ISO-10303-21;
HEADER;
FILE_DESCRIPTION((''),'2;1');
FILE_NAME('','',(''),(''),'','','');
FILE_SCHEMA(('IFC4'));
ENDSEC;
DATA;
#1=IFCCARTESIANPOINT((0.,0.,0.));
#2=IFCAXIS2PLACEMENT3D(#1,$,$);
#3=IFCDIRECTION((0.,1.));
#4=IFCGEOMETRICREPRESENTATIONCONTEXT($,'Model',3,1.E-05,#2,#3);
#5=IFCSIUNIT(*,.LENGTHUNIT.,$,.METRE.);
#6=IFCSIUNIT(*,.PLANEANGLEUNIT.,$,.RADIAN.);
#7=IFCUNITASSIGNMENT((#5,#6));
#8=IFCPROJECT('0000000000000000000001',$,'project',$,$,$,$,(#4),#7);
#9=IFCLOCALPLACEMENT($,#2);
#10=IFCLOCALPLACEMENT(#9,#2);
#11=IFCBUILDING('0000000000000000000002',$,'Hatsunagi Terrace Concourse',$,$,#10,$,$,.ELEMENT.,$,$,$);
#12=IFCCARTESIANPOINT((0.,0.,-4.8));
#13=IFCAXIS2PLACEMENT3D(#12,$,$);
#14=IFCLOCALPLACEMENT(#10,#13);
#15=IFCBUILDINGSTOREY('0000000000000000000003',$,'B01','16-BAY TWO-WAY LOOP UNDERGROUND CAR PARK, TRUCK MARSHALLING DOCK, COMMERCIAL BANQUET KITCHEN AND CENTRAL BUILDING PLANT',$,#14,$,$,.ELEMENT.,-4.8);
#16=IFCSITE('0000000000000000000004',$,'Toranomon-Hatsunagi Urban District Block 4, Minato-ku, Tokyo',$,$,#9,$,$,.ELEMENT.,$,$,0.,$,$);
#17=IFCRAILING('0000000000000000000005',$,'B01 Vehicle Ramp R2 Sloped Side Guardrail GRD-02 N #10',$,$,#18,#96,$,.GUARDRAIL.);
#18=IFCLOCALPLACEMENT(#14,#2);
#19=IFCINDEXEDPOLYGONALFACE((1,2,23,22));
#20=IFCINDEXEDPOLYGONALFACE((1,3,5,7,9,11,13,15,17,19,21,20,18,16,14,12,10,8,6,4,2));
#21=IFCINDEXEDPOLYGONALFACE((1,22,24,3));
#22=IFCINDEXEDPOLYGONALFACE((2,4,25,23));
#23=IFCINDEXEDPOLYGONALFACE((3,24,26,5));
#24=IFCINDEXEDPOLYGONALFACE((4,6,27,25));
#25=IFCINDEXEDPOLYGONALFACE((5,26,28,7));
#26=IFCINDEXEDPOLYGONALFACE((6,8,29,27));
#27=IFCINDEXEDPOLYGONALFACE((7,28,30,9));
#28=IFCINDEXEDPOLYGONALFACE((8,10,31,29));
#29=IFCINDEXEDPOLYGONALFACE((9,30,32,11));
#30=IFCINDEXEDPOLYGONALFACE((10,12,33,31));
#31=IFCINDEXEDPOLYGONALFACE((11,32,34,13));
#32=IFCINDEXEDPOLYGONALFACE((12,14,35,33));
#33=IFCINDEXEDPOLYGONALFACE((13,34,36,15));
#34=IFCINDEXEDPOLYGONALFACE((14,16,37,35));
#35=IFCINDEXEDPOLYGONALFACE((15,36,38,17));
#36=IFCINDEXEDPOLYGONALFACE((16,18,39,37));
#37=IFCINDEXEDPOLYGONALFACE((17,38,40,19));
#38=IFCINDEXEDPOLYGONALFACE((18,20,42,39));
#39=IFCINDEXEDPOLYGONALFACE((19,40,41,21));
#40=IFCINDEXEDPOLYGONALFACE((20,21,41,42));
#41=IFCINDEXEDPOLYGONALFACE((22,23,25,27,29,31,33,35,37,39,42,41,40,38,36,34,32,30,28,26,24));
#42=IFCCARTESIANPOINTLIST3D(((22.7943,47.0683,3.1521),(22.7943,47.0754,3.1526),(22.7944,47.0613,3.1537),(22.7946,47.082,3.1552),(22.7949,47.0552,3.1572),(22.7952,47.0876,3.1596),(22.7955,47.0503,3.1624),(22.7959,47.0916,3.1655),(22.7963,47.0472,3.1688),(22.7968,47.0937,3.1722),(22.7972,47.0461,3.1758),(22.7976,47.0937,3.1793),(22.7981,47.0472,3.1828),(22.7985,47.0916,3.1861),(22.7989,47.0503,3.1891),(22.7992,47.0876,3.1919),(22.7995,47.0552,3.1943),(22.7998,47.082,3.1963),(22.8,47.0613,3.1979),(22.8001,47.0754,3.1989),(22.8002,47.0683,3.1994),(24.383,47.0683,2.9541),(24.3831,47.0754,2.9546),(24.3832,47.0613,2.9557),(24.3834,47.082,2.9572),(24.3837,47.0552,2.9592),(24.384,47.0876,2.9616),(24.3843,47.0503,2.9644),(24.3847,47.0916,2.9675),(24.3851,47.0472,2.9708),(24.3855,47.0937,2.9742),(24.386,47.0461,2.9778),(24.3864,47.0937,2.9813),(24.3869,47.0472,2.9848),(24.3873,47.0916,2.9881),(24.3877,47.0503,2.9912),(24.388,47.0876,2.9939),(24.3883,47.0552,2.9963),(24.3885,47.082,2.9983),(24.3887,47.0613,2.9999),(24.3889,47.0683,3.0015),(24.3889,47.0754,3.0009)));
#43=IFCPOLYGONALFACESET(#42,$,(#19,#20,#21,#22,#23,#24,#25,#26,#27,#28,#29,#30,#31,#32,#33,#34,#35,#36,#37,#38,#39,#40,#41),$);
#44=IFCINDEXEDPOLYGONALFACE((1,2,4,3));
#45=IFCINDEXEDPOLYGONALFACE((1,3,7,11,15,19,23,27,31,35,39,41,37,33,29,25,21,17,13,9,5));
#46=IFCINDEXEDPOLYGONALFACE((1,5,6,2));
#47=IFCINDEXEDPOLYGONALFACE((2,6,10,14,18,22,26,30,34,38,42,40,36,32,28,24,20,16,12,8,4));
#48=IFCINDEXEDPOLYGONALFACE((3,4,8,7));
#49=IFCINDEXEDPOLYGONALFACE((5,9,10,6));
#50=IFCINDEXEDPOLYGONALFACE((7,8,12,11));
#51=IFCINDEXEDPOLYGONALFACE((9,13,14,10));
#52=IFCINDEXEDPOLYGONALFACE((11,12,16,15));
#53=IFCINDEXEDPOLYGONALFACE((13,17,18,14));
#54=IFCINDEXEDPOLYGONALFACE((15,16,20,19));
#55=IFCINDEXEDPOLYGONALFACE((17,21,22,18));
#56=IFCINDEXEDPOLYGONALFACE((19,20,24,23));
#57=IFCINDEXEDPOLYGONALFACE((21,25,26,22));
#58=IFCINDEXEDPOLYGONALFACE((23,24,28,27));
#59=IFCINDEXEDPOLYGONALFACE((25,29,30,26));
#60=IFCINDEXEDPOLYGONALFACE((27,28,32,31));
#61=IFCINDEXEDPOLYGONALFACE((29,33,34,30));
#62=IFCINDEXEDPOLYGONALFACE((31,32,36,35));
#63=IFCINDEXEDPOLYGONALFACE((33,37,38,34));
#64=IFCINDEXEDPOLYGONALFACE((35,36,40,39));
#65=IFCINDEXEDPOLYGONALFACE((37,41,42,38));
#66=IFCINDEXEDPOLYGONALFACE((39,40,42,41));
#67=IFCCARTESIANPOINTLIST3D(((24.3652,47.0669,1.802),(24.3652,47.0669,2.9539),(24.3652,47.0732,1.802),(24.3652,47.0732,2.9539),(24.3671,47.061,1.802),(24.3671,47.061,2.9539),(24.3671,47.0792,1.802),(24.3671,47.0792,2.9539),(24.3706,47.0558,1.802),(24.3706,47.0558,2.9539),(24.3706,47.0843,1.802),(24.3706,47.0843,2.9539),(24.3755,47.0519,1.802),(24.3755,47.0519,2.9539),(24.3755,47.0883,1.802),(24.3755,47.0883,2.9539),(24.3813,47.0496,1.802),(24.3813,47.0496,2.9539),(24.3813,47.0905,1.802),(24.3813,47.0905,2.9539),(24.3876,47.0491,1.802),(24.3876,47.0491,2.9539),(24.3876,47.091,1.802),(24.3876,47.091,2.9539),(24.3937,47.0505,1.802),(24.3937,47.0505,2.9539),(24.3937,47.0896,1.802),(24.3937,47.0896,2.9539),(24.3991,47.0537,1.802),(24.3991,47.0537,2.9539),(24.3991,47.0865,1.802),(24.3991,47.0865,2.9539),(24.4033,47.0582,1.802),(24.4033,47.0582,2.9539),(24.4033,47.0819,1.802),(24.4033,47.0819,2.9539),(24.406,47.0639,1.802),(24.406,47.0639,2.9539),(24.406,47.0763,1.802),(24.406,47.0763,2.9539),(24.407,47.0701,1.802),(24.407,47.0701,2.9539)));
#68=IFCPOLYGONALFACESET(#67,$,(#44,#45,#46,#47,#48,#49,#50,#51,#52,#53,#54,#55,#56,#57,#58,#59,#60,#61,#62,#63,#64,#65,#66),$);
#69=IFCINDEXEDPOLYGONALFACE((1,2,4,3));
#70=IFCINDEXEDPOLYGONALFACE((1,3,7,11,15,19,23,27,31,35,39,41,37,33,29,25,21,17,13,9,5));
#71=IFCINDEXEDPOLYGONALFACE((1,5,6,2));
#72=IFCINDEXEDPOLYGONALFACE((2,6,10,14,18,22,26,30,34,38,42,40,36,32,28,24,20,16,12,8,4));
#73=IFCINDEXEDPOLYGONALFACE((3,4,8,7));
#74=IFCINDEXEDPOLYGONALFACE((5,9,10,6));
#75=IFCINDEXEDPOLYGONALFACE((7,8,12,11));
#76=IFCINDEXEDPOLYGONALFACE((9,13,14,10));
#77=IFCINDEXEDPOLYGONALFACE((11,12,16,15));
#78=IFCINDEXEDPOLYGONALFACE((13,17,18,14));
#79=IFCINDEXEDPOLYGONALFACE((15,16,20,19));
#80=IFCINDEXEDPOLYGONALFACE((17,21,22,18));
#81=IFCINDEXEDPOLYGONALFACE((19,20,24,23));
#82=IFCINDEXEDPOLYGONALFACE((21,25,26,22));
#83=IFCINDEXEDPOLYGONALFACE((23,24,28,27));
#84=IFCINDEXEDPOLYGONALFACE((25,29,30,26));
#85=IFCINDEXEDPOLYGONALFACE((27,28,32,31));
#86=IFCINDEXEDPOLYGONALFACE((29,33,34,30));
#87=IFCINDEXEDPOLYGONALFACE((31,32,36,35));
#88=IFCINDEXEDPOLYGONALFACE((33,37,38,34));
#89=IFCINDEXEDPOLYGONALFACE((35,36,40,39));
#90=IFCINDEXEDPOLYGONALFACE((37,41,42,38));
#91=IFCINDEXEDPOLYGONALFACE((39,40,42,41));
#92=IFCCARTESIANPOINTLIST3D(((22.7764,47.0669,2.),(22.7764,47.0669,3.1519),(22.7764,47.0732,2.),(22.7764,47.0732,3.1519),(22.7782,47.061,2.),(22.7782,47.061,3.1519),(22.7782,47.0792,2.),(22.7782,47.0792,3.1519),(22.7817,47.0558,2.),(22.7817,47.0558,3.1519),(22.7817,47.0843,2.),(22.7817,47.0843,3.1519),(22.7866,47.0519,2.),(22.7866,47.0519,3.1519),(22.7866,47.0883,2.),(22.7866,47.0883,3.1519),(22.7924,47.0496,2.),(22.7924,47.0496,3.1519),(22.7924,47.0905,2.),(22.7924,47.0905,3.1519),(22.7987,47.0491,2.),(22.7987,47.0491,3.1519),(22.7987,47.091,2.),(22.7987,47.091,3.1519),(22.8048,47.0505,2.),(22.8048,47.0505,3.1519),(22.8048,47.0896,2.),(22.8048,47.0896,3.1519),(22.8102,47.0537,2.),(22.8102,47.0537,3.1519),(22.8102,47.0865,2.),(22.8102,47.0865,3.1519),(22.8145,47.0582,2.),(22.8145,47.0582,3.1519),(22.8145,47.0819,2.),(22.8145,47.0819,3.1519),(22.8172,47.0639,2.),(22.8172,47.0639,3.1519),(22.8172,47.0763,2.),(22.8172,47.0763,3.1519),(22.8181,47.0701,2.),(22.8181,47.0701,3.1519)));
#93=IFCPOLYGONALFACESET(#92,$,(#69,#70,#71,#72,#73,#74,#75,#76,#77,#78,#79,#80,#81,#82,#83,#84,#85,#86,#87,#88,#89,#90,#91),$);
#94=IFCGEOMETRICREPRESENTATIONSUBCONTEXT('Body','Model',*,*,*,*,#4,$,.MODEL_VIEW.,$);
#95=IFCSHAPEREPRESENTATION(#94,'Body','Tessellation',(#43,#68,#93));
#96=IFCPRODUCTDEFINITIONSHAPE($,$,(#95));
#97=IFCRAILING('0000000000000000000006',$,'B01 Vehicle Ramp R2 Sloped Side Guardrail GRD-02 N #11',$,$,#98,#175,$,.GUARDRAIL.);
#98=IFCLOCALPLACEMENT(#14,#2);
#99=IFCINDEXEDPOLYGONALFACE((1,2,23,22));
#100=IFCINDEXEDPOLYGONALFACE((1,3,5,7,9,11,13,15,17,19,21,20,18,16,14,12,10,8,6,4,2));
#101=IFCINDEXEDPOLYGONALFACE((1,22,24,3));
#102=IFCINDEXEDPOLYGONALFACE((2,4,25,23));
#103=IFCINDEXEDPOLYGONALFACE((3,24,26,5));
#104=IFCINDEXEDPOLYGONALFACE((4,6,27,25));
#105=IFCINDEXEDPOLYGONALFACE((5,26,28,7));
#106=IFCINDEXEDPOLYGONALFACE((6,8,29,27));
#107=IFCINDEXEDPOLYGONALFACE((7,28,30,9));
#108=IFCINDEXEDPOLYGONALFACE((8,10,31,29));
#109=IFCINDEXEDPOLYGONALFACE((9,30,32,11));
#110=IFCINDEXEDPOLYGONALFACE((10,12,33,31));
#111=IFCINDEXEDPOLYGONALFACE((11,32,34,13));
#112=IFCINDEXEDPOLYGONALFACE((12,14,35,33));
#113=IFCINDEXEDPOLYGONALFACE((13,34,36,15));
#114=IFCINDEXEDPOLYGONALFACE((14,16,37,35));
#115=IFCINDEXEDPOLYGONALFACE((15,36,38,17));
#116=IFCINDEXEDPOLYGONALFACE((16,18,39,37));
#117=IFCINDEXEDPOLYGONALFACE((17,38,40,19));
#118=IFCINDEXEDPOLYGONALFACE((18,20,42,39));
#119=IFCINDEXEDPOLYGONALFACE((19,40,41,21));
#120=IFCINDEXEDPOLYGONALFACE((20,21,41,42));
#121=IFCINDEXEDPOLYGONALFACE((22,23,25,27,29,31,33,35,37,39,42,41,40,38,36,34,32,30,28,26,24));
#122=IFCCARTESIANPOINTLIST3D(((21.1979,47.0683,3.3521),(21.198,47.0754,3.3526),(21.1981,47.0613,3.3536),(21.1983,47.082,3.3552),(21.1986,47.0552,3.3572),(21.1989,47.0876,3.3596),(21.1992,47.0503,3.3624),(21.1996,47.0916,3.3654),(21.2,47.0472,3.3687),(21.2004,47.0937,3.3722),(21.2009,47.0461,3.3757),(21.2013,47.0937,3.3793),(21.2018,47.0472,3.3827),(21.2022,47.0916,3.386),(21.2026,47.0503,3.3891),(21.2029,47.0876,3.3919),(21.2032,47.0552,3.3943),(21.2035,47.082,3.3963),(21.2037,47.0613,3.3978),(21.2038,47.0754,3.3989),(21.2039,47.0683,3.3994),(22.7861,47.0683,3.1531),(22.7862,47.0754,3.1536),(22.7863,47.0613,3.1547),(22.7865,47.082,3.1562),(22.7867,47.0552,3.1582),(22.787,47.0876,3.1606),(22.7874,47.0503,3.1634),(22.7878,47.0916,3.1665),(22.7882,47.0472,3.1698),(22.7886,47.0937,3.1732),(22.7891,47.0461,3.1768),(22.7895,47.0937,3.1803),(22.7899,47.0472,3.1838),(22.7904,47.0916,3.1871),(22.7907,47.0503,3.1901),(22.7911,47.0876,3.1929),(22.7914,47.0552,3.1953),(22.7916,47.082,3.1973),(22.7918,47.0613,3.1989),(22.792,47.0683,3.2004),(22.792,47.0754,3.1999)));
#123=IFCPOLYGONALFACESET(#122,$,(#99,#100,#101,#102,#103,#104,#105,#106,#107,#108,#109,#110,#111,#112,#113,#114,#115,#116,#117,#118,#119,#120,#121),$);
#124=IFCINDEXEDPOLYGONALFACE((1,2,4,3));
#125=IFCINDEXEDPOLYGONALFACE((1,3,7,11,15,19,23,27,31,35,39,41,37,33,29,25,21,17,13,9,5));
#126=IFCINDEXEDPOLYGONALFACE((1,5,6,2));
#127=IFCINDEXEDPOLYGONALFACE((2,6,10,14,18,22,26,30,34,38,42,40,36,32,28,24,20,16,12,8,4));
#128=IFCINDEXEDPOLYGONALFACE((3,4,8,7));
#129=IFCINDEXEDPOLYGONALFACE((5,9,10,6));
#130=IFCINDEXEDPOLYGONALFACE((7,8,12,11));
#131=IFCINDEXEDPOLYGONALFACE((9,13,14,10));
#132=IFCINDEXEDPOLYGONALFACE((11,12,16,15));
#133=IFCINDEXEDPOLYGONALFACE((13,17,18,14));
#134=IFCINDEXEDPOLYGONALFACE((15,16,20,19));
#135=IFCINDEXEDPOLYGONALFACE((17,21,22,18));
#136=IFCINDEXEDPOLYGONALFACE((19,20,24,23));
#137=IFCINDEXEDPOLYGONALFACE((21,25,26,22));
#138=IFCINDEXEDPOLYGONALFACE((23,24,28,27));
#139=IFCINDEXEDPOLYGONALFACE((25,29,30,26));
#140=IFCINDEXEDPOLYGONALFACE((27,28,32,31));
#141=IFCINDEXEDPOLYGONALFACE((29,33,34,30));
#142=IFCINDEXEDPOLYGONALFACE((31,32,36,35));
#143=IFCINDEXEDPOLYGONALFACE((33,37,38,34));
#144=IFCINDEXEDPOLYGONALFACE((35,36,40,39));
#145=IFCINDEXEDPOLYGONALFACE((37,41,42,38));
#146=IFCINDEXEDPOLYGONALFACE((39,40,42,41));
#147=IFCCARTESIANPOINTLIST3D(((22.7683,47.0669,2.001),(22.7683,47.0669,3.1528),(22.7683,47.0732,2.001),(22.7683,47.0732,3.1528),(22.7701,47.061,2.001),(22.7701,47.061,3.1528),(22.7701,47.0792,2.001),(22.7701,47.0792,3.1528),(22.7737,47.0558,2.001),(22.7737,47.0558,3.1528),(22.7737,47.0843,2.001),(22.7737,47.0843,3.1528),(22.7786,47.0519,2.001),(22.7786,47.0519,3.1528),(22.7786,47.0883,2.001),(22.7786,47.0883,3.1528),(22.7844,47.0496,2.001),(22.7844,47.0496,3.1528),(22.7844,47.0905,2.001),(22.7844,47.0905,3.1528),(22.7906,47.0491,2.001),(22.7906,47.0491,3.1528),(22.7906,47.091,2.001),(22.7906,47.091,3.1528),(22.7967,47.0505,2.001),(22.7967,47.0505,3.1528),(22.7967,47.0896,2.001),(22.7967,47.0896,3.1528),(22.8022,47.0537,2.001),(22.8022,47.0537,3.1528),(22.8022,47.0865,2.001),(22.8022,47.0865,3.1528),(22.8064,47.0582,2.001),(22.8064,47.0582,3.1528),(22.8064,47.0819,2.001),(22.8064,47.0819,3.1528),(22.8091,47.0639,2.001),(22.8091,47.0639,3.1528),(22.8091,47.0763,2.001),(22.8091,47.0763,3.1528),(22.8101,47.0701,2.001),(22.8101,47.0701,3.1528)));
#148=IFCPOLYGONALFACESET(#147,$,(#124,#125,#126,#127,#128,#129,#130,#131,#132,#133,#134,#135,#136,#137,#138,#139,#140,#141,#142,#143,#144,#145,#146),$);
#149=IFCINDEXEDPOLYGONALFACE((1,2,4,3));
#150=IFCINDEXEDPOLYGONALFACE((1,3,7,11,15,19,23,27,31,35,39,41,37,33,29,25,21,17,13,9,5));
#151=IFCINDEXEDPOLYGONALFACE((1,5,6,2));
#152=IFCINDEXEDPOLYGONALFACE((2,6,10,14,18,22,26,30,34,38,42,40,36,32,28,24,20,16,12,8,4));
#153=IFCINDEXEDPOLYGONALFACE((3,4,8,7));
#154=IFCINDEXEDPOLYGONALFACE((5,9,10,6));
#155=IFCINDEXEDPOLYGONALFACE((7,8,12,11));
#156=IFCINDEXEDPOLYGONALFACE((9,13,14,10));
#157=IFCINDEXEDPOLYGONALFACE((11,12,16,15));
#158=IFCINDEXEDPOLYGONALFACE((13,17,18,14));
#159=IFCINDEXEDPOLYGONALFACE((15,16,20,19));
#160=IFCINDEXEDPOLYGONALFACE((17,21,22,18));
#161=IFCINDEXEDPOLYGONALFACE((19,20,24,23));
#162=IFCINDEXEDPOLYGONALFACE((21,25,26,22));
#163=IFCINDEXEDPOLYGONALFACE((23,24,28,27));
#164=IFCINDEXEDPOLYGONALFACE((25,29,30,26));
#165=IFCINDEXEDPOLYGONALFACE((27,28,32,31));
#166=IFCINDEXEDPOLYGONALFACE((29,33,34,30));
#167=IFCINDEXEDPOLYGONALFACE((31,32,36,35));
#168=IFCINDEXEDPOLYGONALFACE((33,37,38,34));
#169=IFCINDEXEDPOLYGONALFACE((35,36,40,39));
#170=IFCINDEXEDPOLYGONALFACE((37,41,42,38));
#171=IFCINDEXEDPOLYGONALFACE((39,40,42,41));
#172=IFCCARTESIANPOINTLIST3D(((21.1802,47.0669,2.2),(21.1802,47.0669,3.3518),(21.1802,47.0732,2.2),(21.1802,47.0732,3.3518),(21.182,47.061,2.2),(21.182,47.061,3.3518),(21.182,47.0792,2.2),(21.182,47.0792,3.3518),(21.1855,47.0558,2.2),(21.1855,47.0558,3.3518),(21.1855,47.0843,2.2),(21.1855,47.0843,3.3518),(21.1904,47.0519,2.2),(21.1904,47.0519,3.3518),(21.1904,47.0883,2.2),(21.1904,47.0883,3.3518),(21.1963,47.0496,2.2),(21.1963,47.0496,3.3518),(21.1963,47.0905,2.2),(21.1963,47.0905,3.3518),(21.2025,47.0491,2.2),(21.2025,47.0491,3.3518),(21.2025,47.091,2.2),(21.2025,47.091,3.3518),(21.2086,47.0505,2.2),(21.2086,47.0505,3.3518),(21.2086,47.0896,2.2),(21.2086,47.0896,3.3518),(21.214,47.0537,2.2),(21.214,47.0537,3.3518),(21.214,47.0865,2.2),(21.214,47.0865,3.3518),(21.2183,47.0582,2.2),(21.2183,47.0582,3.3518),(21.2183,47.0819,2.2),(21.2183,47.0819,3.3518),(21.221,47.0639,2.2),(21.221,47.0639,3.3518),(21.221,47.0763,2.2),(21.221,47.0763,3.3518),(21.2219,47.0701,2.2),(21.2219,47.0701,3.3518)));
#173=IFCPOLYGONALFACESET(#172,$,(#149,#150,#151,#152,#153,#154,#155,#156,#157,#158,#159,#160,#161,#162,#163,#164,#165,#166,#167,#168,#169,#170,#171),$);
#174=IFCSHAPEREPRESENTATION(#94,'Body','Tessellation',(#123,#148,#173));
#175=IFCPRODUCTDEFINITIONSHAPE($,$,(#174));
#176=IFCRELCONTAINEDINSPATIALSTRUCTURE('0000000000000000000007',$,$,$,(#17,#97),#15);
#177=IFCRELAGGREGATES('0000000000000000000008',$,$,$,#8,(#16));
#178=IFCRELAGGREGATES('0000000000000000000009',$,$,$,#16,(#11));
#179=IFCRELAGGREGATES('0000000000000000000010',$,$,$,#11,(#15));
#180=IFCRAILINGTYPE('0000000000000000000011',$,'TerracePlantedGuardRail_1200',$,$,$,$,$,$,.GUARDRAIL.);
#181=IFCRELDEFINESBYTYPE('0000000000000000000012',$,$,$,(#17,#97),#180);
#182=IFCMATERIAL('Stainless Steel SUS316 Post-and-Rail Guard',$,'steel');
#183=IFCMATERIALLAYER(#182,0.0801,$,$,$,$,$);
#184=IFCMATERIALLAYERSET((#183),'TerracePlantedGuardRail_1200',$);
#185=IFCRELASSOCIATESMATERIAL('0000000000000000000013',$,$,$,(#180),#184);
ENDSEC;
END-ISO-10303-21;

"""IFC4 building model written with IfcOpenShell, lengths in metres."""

from ifc_helpers import new_model, si_unit, direction, frame, origin, origin_2d, place, context, subcontext, project, spatial, circle, extrude, material, layer, layer_set, type_object, element, save


model = new_model("IFC4")

# Units and contexts
model_context = context("Model", 3, precision=1e-05, world=origin(), true_north=direction((0.0, 1.0)))
body_context = subcontext(model_context, "Body", "Model", "MODEL_VIEW")
ifc_project = project(units=[si_unit("LENGTHUNIT", "METRE"), si_unit("PLANEANGLEUNIT", "RADIAN")], contexts=[model_context])

# Site, building, storey
site_placement = place(None, origin())
site = spatial("IfcSite", under=ifc_project, at=site_placement, Name="Toranomon-Hatsunagi Urban District Block 4, Minato-ku, Tokyo", CompositionType="ELEMENT", RefElevation=0.0)
building_placement = place(site_placement, origin())
building = spatial("IfcBuilding", under=site, at=building_placement, Name="Hatsunagi Terrace Concourse", CompositionType="ELEMENT")
storey_placement = place(building_placement, frame((0.0, 0.0, -4.8)))
storey = spatial("IfcBuildingStorey", under=building, at=storey_placement, Name="B01", Description="16-BAY TWO-WAY LOOP UNDERGROUND CAR PARK, TRUCK MARSHALLING DOCK, COMMERCIAL BANQUET KITCHEN AND CENTRAL BUILDING PLANT", CompositionType="ELEMENT", Elevation=-4.8)

# Railings
ifc_material_1 = material(Name="Stainless Steel SUS316 Post-and-Rail Guard", Category="steel")
ifc_layer_1 = layer(ifc_material_1, 0.0801)
ifc_layer_set_1 = layer_set([ifc_layer_1], Name="TerracePlantedGuardRail_1200")
railing_type = type_object("IfcRailingType", Name="TerracePlantedGuardRail_1200", PredefinedType="GUARDRAIL", material=ifc_layer_set_1)
railing_1_placement = place(storey_placement, frame((24.386, 47.0701, 1.802)))
element("IfcRailing", 1, at=railing_1_placement, inside=storey, type_object=railing_type, Name="B01 Vehicle Ramp R2 Sloped Side Guardrail GRD-02 N #10", PredefinedType="GUARDRAIL", context=body_context, shape_type="SweptSolid", body=[
    extrude(circle(Radius=0.0239, at=origin_2d()), frame((0.0, 0.0, 1.1758), z_axis=(-0.992325, 0.0, 0.123659), x_axis=(0.0, -1.0, 0.0)), (0.0, 0.0, 1.0), 1.6011),
    extrude(circle(Radius=0.021, at=origin_2d()), origin(), (0.0, 0.0, 1.0), 1.1519),
    extrude(circle(Radius=0.021, at=origin_2d()), frame((-1.5889, 0.0, 0.198)), (0.0, 0.0, 1.0), 1.1519),
])
railing_2_placement = place(storey_placement, frame((22.7891, 47.0701, 2.001)))
element("IfcRailing", 2, at=railing_2_placement, inside=storey, type_object=railing_type, Name="B01 Vehicle Ramp R2 Sloped Side Guardrail GRD-02 N #11", PredefinedType="GUARDRAIL", context=body_context, shape_type="SweptSolid", body=[
    extrude(circle(Radius=0.0239, at=origin_2d()), frame((0.0, 0.0, 1.1758), z_axis=(-0.992243, 0.0, 0.124316), x_axis=(0.0, -1.0, 0.0)), (0.0, 0.0, 1.0), 1.6006),
    extrude(circle(Radius=0.021, at=origin_2d()), origin(), (0.0, 0.0, 1.0), 1.1519),
    extrude(circle(Radius=0.021, at=origin_2d()), frame((-1.5881, 0.0, 0.199)), (0.0, 0.0, 1.0), 1.1519),
])

save(model, "model.ifc")
